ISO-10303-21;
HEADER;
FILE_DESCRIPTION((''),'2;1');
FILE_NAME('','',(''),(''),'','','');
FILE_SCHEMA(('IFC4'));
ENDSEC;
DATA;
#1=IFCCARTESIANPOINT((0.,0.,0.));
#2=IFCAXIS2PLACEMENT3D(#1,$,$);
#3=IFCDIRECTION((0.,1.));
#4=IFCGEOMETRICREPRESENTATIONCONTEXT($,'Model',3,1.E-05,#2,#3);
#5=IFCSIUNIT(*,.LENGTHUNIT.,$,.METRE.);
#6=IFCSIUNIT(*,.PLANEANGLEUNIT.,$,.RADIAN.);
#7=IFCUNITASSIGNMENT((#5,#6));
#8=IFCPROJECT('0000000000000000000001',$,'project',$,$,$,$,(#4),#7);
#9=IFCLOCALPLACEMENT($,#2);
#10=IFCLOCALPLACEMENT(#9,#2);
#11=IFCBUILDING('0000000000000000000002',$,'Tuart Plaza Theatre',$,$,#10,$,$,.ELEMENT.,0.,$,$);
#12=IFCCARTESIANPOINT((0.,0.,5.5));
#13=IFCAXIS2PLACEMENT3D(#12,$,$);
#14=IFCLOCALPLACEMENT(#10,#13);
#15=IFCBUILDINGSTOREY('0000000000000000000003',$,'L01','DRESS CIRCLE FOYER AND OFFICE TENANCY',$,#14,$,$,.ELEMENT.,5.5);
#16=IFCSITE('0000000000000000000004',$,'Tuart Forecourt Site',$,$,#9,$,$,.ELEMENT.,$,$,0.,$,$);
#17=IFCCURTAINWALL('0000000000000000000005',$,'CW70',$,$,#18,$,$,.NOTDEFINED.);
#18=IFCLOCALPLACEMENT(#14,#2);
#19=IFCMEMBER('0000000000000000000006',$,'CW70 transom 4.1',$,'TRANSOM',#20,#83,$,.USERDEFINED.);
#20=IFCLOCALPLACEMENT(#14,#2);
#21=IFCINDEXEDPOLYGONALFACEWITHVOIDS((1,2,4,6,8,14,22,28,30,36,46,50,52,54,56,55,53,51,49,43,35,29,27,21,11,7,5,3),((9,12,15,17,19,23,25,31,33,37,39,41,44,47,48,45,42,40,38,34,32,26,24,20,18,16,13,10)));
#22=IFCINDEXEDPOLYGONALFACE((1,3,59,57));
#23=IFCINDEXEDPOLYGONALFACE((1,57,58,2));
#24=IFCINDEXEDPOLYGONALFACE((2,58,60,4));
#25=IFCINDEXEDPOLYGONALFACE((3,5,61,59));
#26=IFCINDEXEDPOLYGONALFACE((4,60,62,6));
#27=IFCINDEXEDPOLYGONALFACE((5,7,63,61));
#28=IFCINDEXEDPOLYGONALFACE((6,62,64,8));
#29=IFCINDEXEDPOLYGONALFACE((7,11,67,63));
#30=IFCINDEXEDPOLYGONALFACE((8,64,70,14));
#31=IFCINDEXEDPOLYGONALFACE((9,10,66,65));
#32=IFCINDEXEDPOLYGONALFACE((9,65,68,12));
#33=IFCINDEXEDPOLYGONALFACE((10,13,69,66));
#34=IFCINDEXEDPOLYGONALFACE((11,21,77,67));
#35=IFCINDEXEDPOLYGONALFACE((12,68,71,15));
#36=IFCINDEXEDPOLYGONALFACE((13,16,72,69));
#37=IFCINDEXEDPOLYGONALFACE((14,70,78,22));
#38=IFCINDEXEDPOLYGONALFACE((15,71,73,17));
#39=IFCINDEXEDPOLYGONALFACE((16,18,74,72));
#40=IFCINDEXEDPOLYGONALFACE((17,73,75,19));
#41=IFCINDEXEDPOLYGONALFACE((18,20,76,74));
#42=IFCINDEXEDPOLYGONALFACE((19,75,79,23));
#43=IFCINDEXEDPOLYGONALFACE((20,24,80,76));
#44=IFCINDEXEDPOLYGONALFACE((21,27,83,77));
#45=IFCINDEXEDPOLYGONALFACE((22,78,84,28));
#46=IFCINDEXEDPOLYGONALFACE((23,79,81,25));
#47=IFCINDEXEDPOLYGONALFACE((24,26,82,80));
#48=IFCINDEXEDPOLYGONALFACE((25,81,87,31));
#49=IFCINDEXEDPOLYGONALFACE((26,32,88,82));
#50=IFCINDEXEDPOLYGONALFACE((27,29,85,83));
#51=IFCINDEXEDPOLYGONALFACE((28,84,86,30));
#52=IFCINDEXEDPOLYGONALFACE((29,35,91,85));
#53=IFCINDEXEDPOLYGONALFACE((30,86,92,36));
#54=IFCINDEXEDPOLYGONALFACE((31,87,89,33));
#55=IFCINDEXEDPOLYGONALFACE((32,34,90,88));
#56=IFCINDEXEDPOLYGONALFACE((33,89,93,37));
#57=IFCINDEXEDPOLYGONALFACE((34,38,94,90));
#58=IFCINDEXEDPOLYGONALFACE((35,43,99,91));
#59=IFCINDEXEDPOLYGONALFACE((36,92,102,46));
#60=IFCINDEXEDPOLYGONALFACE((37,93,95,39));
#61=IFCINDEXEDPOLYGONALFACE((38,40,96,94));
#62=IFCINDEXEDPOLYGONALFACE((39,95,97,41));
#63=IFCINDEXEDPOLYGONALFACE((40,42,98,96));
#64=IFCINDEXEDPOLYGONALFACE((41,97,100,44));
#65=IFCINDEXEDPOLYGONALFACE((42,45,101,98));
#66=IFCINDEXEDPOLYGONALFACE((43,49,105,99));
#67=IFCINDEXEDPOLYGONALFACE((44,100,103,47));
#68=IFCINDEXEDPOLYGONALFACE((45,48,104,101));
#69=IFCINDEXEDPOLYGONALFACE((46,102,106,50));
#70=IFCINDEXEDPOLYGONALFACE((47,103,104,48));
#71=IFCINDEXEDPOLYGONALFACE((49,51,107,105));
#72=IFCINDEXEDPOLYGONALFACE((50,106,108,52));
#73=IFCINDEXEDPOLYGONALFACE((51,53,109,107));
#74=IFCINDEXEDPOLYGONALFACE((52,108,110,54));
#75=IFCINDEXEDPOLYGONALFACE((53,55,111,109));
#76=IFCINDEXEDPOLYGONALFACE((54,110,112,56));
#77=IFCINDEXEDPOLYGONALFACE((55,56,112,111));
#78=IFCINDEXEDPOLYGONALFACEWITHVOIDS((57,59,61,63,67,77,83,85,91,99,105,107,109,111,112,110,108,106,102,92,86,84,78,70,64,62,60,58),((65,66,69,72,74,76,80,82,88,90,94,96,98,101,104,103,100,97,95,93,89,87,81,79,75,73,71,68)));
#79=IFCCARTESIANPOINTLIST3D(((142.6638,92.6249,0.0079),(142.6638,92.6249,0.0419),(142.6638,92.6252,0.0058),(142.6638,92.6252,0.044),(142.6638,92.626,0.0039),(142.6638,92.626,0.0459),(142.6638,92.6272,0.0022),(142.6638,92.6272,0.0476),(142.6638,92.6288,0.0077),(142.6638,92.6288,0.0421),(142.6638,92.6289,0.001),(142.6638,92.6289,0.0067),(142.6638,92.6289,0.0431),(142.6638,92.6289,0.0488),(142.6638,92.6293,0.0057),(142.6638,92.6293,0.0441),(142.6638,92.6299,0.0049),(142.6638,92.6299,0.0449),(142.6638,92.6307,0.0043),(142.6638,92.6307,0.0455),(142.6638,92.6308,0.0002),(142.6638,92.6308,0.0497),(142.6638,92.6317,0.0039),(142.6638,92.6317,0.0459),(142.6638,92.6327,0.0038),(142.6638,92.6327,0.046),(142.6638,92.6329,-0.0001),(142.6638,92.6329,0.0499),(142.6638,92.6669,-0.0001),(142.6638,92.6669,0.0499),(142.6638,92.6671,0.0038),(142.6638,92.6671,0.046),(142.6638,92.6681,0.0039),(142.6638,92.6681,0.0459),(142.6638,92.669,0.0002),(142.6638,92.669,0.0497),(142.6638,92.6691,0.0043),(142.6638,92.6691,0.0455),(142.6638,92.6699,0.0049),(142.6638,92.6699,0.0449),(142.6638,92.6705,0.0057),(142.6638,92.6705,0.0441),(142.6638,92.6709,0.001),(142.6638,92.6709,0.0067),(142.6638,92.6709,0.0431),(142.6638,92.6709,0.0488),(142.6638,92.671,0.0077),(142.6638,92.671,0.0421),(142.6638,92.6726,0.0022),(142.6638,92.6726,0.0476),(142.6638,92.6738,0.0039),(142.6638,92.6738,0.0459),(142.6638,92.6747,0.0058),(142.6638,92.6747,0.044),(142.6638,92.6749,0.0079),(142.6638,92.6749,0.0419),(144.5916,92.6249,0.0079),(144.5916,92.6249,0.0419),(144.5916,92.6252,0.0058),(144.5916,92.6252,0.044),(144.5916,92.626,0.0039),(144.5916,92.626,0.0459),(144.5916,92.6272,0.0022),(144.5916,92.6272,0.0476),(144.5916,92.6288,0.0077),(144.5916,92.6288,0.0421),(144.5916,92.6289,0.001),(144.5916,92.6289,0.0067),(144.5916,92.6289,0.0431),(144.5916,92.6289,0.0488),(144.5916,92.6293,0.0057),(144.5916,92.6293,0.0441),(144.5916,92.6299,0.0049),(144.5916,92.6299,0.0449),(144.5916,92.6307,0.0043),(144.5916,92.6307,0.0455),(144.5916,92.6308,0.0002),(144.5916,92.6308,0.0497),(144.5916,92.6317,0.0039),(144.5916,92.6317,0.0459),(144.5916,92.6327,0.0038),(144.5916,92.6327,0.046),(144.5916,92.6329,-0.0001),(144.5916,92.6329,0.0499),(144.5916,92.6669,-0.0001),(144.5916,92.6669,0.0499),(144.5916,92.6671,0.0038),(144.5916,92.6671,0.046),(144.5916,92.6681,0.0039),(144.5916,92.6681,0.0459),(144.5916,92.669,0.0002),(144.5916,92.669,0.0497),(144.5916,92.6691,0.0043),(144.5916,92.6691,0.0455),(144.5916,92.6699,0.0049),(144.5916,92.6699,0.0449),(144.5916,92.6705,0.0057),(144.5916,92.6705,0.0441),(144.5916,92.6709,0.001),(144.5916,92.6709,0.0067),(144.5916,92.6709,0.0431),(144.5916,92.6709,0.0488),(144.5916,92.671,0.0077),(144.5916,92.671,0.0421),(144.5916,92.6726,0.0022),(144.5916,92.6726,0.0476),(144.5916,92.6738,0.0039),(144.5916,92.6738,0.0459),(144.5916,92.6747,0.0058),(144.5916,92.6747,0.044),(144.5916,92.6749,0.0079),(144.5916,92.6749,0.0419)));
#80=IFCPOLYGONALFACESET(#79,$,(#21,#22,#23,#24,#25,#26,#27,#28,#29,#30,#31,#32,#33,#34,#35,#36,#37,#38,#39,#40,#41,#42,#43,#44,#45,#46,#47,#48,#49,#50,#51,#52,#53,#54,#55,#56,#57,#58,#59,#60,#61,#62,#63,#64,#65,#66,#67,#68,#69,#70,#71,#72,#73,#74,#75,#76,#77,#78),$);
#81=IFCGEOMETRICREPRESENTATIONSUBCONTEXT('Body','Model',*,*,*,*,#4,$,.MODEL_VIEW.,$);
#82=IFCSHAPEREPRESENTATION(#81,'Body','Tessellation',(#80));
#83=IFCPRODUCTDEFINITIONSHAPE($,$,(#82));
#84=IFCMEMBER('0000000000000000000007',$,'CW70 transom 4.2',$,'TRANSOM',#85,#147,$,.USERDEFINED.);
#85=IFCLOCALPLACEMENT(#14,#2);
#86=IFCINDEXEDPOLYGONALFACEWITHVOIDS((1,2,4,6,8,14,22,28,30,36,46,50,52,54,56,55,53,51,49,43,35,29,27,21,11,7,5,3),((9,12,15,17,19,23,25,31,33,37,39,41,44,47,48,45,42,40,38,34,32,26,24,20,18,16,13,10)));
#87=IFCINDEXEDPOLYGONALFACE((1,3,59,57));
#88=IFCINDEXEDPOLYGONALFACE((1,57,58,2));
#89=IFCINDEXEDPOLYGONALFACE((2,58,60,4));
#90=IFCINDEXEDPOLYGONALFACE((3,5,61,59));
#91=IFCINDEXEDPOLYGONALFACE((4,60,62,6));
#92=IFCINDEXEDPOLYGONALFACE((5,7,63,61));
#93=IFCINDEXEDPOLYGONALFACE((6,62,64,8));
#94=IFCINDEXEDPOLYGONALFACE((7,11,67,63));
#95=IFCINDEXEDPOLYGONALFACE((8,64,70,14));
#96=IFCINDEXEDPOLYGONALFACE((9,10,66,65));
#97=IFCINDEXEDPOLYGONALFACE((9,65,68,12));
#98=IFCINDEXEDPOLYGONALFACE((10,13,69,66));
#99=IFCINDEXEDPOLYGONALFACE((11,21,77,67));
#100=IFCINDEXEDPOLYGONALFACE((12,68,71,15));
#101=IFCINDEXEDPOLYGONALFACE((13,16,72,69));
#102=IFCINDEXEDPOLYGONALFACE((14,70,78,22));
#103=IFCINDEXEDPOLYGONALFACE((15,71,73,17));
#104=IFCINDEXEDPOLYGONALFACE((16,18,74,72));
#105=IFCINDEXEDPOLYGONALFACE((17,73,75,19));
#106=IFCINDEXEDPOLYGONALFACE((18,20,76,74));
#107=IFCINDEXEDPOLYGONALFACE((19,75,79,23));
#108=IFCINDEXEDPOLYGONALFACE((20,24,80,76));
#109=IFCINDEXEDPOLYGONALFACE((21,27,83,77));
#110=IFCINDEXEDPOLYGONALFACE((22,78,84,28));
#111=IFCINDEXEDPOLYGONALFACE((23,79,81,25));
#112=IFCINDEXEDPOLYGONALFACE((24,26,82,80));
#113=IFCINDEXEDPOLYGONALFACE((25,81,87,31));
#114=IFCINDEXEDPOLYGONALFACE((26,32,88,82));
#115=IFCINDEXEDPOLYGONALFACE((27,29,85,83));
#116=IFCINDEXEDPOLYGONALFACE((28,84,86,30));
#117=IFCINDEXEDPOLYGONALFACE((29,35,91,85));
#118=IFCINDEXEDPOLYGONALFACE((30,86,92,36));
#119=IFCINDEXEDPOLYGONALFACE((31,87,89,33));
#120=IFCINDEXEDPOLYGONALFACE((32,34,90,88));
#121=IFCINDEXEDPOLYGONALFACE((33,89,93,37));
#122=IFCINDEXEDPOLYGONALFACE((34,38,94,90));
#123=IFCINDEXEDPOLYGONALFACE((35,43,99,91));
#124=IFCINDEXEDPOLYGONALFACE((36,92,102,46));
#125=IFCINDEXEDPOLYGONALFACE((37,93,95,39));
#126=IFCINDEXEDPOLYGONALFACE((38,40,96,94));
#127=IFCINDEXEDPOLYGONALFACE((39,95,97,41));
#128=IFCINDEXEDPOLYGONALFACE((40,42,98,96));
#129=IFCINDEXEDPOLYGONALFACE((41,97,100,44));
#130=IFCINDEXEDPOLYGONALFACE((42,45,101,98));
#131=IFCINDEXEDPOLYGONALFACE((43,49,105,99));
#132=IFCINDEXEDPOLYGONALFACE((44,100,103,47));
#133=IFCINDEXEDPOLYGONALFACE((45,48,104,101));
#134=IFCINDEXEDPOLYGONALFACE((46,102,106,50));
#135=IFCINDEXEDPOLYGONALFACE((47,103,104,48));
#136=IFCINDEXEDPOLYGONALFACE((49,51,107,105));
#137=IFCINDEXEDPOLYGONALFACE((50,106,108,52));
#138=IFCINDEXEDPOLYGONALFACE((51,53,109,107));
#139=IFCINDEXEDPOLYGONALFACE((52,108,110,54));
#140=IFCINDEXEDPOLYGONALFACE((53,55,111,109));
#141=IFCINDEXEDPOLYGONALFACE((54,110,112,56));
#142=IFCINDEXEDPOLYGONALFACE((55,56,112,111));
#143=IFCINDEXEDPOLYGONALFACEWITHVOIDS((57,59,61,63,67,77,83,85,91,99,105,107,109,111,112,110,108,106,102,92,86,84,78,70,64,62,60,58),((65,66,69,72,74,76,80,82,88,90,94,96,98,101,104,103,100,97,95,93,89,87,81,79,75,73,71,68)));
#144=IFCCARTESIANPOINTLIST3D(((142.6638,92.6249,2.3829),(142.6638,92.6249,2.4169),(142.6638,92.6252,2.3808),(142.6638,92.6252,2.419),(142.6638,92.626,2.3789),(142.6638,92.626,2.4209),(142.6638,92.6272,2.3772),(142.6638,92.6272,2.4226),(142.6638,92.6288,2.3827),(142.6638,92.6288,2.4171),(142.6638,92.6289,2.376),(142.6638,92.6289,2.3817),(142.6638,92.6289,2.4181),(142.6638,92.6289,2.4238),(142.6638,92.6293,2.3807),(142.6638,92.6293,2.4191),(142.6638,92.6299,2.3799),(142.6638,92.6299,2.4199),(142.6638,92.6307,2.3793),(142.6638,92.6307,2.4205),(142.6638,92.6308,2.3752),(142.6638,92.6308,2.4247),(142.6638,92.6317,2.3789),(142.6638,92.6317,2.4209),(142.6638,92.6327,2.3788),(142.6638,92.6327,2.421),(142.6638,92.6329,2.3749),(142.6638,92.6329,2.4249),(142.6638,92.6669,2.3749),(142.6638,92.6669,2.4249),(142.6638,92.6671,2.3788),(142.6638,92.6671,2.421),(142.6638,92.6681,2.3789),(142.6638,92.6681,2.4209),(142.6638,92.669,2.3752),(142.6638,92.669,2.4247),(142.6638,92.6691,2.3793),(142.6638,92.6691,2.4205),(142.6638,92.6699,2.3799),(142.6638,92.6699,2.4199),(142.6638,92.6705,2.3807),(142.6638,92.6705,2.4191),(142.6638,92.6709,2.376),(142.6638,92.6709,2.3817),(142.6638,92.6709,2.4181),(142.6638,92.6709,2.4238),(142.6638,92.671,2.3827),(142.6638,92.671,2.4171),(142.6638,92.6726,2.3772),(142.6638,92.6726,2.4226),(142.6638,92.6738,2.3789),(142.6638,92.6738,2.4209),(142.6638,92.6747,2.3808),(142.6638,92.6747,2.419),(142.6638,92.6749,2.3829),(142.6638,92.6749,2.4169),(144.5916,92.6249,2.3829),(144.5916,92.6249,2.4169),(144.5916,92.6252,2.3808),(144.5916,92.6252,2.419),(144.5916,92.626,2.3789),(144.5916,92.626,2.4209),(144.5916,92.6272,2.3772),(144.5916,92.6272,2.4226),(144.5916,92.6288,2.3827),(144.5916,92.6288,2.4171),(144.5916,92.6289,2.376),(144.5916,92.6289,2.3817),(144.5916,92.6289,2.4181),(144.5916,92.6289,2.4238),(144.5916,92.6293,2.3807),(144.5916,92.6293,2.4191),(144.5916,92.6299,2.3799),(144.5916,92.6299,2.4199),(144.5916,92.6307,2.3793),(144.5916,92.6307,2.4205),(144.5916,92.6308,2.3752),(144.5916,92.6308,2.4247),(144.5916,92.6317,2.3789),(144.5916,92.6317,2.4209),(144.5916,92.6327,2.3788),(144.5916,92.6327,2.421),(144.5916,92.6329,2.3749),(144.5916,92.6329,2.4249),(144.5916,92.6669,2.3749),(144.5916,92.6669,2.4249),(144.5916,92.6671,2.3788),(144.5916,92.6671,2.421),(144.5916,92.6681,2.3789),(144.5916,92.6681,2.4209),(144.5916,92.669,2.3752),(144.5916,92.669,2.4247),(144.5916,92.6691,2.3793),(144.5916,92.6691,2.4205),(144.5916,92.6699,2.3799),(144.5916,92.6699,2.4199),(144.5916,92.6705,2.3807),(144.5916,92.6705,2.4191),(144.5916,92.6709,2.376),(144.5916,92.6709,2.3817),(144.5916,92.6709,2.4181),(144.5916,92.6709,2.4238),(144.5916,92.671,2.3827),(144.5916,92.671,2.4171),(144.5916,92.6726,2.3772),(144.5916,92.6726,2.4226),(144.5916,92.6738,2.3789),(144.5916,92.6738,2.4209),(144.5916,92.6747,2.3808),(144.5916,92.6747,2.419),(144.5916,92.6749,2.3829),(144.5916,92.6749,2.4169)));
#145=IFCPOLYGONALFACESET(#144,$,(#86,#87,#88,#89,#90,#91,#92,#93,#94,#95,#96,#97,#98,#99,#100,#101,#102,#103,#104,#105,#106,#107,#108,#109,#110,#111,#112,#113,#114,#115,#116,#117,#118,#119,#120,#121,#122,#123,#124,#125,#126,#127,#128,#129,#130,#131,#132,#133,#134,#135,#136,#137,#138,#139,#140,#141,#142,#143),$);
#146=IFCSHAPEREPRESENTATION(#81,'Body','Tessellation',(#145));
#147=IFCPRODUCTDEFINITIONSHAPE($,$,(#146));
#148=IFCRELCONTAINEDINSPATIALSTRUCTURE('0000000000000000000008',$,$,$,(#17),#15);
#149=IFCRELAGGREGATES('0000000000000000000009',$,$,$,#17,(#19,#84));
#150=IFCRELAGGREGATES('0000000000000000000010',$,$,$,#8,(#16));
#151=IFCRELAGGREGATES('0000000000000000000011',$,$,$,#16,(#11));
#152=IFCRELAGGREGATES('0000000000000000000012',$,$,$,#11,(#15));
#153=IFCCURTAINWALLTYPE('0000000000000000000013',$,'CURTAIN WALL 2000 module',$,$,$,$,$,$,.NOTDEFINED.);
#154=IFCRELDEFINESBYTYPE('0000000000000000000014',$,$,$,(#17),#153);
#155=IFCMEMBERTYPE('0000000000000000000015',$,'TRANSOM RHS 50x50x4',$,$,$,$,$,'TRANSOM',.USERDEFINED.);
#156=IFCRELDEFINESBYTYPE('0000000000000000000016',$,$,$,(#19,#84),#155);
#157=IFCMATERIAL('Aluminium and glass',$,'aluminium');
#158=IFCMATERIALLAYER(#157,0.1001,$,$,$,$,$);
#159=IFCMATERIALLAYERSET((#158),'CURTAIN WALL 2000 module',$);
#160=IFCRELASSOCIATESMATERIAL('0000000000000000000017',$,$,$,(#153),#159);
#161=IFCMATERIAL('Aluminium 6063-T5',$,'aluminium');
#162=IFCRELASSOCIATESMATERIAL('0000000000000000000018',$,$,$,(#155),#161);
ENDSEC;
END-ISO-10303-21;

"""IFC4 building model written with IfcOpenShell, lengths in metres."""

from ifc_helpers import new_model, si_unit, direction, frame, origin, origin_2d, place, context, subcontext, project, spatial, hollow_rectangle, extrude, material, layer, layer_set, material_profile, profile_set, type_object, element, aggregate, save


model = new_model("IFC4")

# Units and contexts
model_context = context("Model", 3, precision=1e-05, world=origin(), true_north=direction((0.0, 1.0)))
body_context = subcontext(model_context, "Body", "Model", "MODEL_VIEW")
ifc_project = project(units=[si_unit("LENGTHUNIT", "METRE"), si_unit("PLANEANGLEUNIT", "RADIAN")], contexts=[model_context])

# Site, building, storey
site_placement = place(None, origin())
site = spatial("IfcSite", under=ifc_project, at=site_placement, Name="Tuart Forecourt Site", CompositionType="ELEMENT", RefElevation=0.0)
building_placement = place(site_placement, origin())
building = spatial("IfcBuilding", under=site, at=building_placement, Name="Tuart Plaza Theatre", CompositionType="ELEMENT", ElevationOfRefHeight=0.0)
storey_placement = place(building_placement, frame((0.0, 0.0, 5.5)))
storey = spatial("IfcBuildingStorey", under=building, at=storey_placement, Name="L01", Description="DRESS CIRCLE FOYER AND OFFICE TENANCY", CompositionType="ELEMENT", Elevation=5.5)

# Curtain wall, members
ifc_material_1 = material(Name="Aluminium and glass", Category="aluminium")
ifc_layer_1 = layer(ifc_material_1, 0.1001)
ifc_layer_set_1 = layer_set([ifc_layer_1], Name="CURTAIN WALL 2000 module")
curtain_wall_type = type_object("IfcCurtainWallType", Name="CURTAIN WALL 2000 module", PredefinedType="NOTDEFINED", material=ifc_layer_set_1)
curtain_wall_placement = place(storey_placement, origin())
curtain_wall = element("IfcCurtainWall", 1, at=curtain_wall_placement, inside=storey, type_object=curtain_wall_type, Name="CW70", PredefinedType="NOTDEFINED")
ifc_material_2 = material(Name="Aluminium 6063-T5", Category="aluminium")
ifc_material_profile_1 = material_profile(ifc_material_2, hollow_rectangle(XDim=0.05, YDim=0.05, WallThickness=0.0039, InnerFilletRadius=0.0039, OuterFilletRadius=0.0081, at=origin_2d()), Name="RHS 50x50x4")
ifc_profile_set_1 = profile_set([ifc_material_profile_1], Name="Aluminium 6063-T5")
member_type_1 = type_object("IfcMemberType", Name="TRANSOM RHS 50x50x4", ElementType="TRANSOM", PredefinedType="USERDEFINED", material=ifc_profile_set_1)
member_1_placement = place(storey_placement, frame((144.5916, 92.6499, 0.0249), z_axis=(-1.0, 0.0, 0.0), x_axis=(0.0, -1.0, 0.0)))
member_1 = element("IfcMember", 2, at=member_1_placement, type_object=member_type_1, Name="CW70 transom 4.1", ObjectType="TRANSOM", PredefinedType="USERDEFINED", context=body_context, shape_type="SweptSolid", body=[
    extrude(hollow_rectangle(XDim=0.05, YDim=0.05, WallThickness=0.0039, InnerFilletRadius=0.0039, OuterFilletRadius=0.0081, at=origin_2d()), origin(), (0.0, 0.0, 1.0), 1.9277),
])
member_2_placement = place(storey_placement, frame((144.5916, 92.6499, 2.3999), z_axis=(-1.0, 0.0, 0.0), x_axis=(0.0, -1.0, 0.0)))
member_2 = element("IfcMember", 3, at=member_2_placement, type_object=member_type_1, Name="CW70 transom 4.2", ObjectType="TRANSOM", PredefinedType="USERDEFINED", context=body_context, shape_type="SweptSolid", body=[
    extrude(hollow_rectangle(XDim=0.05, YDim=0.05, WallThickness=0.0039, InnerFilletRadius=0.0039, OuterFilletRadius=0.0081, at=origin_2d()), origin(), (0.0, 0.0, 1.0), 1.9277),
])
aggregate(curtain_wall, [member_1, member_2])

save(model, "model.ifc")
